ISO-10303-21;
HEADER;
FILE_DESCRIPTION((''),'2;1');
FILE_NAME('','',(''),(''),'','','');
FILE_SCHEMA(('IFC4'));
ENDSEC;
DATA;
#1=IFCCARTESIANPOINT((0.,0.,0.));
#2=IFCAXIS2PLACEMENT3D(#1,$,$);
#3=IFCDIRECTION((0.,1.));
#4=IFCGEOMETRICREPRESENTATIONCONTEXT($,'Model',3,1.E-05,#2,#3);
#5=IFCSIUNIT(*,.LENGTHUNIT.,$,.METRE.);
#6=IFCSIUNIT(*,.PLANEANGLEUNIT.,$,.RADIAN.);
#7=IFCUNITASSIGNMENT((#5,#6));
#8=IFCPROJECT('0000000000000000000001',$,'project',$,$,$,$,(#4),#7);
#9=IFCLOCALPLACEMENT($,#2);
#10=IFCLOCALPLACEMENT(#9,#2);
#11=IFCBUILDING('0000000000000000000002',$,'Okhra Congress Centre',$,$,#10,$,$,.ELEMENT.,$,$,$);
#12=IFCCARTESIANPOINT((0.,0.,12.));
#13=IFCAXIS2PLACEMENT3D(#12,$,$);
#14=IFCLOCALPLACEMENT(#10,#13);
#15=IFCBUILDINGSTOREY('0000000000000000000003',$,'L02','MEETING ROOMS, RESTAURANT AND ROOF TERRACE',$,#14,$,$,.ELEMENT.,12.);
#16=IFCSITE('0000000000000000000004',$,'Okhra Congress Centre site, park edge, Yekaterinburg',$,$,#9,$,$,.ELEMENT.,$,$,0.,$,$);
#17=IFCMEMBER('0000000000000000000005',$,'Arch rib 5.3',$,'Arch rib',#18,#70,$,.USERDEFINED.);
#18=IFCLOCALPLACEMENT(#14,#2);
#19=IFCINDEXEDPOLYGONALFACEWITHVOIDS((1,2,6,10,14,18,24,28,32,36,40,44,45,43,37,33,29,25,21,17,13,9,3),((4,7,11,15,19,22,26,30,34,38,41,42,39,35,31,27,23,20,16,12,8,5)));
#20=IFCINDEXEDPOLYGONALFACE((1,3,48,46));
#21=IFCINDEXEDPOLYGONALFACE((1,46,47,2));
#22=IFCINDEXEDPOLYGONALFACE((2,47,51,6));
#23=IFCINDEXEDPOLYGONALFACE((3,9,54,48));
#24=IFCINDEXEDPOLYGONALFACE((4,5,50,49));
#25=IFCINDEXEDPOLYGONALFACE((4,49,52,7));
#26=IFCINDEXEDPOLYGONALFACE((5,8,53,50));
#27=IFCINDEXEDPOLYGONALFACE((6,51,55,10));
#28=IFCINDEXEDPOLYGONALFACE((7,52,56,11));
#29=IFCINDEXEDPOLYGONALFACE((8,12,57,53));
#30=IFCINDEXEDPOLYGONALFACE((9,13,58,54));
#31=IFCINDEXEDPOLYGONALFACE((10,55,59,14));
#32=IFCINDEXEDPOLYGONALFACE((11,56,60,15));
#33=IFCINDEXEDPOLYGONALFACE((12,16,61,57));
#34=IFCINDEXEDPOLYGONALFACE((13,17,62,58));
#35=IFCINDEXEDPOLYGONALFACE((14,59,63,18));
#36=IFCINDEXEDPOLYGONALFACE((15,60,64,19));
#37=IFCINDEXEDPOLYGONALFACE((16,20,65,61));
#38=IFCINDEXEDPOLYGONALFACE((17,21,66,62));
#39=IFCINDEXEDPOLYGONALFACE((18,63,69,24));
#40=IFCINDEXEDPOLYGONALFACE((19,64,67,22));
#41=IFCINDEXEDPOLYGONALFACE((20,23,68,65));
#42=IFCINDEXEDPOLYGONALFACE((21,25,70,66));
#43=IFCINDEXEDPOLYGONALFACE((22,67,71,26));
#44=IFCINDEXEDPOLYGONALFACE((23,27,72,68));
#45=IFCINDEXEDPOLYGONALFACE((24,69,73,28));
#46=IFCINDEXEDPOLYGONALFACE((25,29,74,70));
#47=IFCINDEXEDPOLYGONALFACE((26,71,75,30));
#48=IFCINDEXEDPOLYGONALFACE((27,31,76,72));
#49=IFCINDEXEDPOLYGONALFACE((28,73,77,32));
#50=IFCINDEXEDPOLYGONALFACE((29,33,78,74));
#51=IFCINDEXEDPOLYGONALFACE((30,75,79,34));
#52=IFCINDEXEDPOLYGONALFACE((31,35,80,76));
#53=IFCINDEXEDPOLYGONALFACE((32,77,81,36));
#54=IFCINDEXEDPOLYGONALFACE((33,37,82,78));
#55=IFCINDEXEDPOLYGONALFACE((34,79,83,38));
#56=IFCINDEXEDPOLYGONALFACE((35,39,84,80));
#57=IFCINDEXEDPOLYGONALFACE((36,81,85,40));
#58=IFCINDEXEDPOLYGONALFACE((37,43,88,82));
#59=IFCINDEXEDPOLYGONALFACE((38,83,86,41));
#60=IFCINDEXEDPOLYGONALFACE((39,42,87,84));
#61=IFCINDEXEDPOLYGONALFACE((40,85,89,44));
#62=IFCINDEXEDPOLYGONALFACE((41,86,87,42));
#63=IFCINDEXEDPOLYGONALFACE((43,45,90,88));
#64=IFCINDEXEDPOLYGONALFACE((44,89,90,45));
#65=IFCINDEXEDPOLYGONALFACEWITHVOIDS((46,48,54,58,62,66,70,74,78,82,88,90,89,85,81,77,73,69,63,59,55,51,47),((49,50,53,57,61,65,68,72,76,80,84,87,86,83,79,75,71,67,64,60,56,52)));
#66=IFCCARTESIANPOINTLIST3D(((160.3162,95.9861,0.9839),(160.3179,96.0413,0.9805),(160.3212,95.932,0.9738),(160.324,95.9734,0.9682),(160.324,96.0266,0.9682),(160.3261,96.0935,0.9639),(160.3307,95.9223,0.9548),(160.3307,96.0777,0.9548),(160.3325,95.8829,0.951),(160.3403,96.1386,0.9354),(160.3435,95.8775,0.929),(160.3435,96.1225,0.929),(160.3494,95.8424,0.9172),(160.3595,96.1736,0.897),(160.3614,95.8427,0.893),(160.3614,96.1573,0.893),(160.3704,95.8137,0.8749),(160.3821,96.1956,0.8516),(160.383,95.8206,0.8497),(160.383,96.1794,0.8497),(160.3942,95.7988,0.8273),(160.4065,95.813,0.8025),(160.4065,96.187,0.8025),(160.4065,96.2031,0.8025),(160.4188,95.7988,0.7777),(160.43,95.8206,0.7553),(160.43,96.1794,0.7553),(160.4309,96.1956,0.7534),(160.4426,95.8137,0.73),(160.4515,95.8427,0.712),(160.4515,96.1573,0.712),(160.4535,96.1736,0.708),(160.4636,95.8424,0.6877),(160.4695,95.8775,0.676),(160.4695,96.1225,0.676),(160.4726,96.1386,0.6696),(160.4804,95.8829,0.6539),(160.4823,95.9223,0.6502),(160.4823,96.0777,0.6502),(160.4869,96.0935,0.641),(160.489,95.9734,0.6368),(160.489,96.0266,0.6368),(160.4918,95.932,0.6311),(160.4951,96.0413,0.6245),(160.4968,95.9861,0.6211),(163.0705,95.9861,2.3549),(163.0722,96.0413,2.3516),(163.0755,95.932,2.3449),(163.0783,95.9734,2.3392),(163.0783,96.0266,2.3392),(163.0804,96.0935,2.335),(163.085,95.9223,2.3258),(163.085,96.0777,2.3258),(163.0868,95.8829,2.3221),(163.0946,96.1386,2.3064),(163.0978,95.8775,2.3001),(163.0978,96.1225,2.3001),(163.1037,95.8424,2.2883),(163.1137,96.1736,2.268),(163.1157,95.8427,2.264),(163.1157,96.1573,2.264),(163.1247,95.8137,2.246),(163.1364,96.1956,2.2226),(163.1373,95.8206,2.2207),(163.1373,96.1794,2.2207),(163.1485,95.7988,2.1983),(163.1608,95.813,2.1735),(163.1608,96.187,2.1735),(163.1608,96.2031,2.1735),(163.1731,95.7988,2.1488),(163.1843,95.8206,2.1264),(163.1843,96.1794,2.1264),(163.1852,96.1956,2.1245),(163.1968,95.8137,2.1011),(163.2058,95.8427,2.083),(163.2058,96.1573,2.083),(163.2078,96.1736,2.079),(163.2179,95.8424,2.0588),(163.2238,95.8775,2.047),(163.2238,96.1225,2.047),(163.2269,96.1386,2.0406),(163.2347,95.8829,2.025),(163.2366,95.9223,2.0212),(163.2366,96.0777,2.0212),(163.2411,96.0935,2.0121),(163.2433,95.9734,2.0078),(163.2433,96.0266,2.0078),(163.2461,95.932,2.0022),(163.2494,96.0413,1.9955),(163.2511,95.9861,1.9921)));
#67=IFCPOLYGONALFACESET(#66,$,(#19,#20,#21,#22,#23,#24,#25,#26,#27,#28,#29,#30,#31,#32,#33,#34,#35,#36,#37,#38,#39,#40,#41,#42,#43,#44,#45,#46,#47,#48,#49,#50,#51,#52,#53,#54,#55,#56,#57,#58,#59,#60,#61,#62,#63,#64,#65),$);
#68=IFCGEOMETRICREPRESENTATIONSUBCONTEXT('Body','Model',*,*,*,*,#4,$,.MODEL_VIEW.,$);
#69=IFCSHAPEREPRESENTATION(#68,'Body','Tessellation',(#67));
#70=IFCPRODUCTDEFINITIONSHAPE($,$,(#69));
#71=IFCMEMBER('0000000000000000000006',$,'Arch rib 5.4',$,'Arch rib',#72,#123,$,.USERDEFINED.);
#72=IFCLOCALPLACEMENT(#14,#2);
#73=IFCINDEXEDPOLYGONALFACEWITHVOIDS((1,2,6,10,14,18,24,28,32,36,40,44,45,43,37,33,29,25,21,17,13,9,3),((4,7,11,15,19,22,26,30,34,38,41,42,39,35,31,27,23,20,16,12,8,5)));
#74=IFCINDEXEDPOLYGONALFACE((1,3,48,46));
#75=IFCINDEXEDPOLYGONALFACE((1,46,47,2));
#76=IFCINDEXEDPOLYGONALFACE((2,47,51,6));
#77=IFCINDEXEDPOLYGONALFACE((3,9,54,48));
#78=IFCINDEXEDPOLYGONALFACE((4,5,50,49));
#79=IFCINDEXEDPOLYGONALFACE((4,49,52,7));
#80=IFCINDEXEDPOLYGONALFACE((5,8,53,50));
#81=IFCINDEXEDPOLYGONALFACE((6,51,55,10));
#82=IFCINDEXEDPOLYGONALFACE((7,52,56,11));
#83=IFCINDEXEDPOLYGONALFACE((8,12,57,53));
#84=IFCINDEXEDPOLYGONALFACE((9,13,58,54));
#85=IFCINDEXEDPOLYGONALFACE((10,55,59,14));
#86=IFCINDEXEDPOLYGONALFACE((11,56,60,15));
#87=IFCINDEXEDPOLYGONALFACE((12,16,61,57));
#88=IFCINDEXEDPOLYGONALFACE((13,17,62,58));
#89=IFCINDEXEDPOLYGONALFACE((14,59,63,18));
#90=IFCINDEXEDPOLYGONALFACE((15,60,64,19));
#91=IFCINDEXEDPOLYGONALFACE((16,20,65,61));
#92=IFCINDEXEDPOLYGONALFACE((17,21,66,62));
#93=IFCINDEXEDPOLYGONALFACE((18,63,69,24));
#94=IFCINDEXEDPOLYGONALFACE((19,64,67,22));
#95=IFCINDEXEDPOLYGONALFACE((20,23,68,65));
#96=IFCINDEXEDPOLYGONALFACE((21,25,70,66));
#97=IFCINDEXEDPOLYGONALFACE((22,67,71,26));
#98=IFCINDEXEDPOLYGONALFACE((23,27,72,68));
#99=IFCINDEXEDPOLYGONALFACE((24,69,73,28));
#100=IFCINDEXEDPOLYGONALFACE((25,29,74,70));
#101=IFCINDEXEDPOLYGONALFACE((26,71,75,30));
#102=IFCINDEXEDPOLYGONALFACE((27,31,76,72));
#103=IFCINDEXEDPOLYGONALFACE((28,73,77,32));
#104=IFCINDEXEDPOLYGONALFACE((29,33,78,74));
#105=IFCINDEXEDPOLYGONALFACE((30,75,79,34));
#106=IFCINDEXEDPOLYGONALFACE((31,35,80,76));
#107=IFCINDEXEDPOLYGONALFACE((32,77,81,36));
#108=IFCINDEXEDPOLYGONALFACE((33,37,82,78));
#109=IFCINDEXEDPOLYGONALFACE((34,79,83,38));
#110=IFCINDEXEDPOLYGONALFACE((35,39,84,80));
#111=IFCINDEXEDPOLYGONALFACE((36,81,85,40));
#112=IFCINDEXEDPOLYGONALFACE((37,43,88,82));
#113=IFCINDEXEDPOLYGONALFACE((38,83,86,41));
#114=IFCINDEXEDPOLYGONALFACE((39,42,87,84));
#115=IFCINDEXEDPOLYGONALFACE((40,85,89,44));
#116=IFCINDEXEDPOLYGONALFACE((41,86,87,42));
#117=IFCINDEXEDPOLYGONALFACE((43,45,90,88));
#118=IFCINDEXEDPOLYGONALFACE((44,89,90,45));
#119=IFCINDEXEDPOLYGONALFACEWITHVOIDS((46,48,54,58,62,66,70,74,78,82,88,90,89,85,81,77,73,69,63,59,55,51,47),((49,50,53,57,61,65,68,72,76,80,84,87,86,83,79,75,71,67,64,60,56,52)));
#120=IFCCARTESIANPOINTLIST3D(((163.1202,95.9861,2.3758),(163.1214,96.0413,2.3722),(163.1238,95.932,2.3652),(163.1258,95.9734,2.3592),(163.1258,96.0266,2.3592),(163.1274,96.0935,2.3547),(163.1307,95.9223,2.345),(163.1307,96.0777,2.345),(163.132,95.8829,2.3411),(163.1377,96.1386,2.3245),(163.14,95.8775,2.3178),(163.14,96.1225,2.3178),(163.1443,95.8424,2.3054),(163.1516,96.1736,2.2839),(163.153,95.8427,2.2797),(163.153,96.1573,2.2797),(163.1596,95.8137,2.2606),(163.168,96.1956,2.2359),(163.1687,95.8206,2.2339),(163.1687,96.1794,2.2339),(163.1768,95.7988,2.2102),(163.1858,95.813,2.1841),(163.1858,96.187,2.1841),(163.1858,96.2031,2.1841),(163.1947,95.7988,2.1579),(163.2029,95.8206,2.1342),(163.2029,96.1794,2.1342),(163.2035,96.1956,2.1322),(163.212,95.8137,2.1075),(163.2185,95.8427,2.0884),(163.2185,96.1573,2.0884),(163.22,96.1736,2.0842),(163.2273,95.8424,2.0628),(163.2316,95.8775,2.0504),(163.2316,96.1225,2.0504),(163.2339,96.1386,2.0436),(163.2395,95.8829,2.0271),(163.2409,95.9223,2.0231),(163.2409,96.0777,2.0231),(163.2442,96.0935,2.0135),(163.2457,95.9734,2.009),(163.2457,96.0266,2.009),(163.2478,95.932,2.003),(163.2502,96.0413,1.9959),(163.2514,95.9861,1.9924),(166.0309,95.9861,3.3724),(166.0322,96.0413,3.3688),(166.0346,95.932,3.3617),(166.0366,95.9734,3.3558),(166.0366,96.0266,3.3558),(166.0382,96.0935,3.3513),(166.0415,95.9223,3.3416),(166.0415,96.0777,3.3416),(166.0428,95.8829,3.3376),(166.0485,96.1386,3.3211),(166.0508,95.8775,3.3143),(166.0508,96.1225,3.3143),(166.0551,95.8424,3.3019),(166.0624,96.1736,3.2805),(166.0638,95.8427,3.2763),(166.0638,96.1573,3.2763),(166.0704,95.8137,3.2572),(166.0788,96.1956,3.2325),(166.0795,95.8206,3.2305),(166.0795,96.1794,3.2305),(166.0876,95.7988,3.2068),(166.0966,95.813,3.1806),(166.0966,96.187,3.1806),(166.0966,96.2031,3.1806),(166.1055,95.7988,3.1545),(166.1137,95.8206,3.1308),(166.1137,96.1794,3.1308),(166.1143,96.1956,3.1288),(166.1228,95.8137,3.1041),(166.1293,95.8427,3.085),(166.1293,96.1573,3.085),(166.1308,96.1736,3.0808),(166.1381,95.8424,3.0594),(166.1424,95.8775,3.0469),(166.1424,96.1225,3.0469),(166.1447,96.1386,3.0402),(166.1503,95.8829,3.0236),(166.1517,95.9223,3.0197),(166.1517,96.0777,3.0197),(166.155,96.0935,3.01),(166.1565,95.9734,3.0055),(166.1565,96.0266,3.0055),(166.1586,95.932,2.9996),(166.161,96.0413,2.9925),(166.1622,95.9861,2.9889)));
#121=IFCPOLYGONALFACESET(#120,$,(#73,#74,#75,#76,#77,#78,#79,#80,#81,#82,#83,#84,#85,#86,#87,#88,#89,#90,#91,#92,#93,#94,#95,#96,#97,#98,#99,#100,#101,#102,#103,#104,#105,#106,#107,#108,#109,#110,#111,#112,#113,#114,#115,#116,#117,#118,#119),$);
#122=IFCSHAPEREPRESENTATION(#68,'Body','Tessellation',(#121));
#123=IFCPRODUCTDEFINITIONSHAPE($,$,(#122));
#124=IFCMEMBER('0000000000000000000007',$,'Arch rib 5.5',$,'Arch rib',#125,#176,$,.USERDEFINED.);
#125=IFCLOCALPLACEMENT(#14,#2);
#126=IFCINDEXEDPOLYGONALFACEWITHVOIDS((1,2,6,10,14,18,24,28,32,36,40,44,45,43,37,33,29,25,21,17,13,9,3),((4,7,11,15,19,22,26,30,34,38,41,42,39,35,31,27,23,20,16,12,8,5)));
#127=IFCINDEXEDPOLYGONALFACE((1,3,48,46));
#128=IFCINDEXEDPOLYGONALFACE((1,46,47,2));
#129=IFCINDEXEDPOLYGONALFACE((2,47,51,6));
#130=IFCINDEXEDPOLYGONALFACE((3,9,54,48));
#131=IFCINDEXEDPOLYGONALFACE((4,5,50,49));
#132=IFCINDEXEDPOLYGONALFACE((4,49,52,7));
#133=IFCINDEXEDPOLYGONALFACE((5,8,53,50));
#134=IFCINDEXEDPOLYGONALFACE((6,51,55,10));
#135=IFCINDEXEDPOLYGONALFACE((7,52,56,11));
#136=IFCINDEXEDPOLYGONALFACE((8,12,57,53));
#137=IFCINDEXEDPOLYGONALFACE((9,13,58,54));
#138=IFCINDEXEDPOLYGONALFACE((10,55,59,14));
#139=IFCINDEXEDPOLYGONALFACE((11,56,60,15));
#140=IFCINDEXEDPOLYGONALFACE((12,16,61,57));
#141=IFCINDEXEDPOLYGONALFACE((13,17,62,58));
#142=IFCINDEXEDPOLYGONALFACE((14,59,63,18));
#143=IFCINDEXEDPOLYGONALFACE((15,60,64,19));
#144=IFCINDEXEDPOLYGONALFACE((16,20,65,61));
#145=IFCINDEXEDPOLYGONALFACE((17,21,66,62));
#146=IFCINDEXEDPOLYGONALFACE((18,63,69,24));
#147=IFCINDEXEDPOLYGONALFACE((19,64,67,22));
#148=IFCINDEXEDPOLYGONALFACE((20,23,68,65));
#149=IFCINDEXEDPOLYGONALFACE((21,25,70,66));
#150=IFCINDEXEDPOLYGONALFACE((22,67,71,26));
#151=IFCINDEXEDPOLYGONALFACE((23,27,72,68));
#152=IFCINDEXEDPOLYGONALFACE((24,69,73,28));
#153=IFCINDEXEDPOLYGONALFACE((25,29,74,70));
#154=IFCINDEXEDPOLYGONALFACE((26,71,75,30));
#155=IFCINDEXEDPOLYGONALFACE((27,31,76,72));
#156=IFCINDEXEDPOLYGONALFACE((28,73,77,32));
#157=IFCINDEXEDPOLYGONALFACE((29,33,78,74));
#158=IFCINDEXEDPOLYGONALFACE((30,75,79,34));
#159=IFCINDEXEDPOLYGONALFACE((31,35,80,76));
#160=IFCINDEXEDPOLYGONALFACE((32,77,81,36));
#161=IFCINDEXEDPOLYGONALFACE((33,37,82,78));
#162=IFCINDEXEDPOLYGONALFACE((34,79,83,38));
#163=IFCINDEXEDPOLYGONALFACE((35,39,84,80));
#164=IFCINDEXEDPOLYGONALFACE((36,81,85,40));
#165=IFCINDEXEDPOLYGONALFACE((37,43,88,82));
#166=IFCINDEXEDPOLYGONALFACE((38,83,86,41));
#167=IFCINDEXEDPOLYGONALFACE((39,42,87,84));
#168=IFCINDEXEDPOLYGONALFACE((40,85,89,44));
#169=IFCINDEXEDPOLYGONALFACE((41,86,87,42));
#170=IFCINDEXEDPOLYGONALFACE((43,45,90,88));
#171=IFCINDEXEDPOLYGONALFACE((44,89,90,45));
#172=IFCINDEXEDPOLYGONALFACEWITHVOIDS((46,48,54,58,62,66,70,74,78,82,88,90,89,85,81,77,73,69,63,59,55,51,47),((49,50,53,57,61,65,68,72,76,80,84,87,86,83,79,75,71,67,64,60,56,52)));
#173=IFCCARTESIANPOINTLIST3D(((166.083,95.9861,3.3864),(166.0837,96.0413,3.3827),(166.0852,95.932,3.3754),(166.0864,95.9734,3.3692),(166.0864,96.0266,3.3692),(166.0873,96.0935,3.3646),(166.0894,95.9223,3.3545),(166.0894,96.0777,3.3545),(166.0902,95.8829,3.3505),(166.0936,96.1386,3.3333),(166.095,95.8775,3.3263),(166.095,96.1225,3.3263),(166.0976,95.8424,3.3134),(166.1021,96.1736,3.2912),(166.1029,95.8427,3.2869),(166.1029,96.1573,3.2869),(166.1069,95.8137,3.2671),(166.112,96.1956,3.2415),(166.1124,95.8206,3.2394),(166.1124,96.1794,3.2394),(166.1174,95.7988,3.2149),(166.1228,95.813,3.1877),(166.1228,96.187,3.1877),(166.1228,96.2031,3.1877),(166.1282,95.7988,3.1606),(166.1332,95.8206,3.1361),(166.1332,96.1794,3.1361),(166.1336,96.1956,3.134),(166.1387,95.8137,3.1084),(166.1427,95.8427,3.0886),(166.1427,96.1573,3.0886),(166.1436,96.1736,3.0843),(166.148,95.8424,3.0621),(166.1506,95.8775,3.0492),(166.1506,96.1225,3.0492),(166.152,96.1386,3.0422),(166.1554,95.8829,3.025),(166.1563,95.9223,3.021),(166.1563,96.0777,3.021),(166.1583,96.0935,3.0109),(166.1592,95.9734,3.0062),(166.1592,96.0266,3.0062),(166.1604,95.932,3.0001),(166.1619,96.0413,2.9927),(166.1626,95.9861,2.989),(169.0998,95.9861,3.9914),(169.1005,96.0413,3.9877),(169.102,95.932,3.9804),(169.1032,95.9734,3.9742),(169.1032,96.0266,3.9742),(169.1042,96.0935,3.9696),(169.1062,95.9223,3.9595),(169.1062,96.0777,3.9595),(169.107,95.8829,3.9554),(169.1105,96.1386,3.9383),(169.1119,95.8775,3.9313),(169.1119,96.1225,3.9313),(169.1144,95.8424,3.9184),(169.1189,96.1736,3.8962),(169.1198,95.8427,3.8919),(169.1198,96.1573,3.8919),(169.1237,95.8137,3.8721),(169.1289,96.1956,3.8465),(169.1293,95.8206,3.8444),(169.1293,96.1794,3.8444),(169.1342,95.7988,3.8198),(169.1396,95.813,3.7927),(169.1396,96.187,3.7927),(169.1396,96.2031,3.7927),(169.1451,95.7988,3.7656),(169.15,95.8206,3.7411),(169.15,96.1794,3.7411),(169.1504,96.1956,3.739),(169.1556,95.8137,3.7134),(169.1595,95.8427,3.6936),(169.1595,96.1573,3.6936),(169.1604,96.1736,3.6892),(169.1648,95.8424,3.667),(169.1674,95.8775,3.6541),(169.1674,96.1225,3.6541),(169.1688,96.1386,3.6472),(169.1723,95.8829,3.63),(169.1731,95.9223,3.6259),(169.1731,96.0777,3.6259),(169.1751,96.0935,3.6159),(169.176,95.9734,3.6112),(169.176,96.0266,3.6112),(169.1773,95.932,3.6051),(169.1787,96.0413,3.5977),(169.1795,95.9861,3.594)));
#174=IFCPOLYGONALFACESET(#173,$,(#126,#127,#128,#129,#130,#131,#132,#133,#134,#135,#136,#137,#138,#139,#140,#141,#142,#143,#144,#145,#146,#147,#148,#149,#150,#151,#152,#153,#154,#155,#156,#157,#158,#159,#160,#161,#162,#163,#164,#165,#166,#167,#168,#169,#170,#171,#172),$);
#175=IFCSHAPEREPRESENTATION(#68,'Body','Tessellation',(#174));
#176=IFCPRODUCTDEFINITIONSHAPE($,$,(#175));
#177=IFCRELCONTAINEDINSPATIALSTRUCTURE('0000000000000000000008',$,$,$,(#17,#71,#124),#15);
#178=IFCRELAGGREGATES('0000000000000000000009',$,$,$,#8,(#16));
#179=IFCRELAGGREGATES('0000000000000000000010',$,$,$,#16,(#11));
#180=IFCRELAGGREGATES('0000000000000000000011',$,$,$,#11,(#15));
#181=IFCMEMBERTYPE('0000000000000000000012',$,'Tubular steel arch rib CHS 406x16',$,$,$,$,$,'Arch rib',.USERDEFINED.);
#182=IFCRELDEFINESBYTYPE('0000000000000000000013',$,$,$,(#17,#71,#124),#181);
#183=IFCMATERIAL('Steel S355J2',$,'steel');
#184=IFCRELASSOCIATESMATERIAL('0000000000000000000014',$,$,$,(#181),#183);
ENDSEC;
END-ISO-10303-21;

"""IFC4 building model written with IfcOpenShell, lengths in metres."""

from ifc_helpers import new_model, si_unit, direction, frame, origin, origin_2d, place, context, subcontext, project, spatial, hollow_circle, extrude, material, material_profile, profile_set, type_object, element, save


model = new_model("IFC4")

# Units and contexts
model_context = context("Model", 3, precision=1e-05, world=origin(), true_north=direction((0.0, 1.0)))
body_context = subcontext(model_context, "Body", "Model", "MODEL_VIEW")
ifc_project = project(units=[si_unit("LENGTHUNIT", "METRE"), si_unit("PLANEANGLEUNIT", "RADIAN")], contexts=[model_context])

# Site, building, storey
site_placement = place(None, origin())
site = spatial("IfcSite", under=ifc_project, at=site_placement, Name="Okhra Congress Centre site, park edge, Yekaterinburg", CompositionType="ELEMENT", RefElevation=0.0)
building_placement = place(site_placement, origin())
building = spatial("IfcBuilding", under=site, at=building_placement, Name="Okhra Congress Centre", CompositionType="ELEMENT")
storey_placement = place(building_placement, frame((0.0, 0.0, 12.0)))
storey = spatial("IfcBuildingStorey", under=building, at=storey_placement, Name="L02", Description="MEETING ROOMS, RESTAURANT AND ROOF TERRACE", CompositionType="ELEMENT", Elevation=12.0)

# Members
ifc_material_1 = material(Name="Steel S355J2", Category="steel")
ifc_material_profile_1 = material_profile(ifc_material_1, hollow_circle(Radius=0.2031, WallThickness=0.0161, at=origin_2d()), Name="CHS 406.4x16")
ifc_profile_set_1 = profile_set([ifc_material_profile_1], Name="Steel S355J2")
member_type_1 = type_object("IfcMemberType", Name="Tubular steel arch rib CHS 406x16", ElementType="Arch rib", PredefinedType="USERDEFINED", material=ifc_profile_set_1)
for number, where, z_axis, x_axis, name in (
    (1, (160.4065, 96.0, 0.8025), (0.895219, 0.0, 0.445626), (0.0, 1.0, 0.0), "Arch rib 5.3"),
    (2, (163.1858, 96.0, 2.1841), (0.946089, 0.0, 0.323906), (0.0, 1.0, 0.0), "Arch rib 5.4"),
):
    element("IfcMember", number, at=place(storey_placement, frame(where, z_axis=z_axis, x_axis=x_axis)), inside=storey, type_object=member_type_1, Name=name, ObjectType="Arch rib", PredefinedType="USERDEFINED", context=body_context, shape_type="SweptSolid", body=[
        extrude(hollow_circle(Radius=0.2031, WallThickness=0.0161, at=origin_2d()), origin(), (0.0, 0.0, 1.0), 3.0767),
    ])
for number, where, z_axis, x_axis, name in (
    (3, (166.1228, 96.0, 3.1877), (0.98048, 0.0, 0.19662), (0.0, 1.0, 0.0), "Arch rib 5.5"),
):
    element("IfcMember", number, at=place(storey_placement, frame(where, z_axis=z_axis, x_axis=x_axis)), inside=storey, type_object=member_type_1, Name=name, ObjectType="Arch rib", PredefinedType="USERDEFINED", context=body_context, shape_type="SweptSolid", body=[
        extrude(hollow_circle(Radius=0.2031, WallThickness=0.0161, at=origin_2d()), origin(), (0.0, 0.0, 1.0), 3.0769),
    ])

save(model, "model.ifc")
